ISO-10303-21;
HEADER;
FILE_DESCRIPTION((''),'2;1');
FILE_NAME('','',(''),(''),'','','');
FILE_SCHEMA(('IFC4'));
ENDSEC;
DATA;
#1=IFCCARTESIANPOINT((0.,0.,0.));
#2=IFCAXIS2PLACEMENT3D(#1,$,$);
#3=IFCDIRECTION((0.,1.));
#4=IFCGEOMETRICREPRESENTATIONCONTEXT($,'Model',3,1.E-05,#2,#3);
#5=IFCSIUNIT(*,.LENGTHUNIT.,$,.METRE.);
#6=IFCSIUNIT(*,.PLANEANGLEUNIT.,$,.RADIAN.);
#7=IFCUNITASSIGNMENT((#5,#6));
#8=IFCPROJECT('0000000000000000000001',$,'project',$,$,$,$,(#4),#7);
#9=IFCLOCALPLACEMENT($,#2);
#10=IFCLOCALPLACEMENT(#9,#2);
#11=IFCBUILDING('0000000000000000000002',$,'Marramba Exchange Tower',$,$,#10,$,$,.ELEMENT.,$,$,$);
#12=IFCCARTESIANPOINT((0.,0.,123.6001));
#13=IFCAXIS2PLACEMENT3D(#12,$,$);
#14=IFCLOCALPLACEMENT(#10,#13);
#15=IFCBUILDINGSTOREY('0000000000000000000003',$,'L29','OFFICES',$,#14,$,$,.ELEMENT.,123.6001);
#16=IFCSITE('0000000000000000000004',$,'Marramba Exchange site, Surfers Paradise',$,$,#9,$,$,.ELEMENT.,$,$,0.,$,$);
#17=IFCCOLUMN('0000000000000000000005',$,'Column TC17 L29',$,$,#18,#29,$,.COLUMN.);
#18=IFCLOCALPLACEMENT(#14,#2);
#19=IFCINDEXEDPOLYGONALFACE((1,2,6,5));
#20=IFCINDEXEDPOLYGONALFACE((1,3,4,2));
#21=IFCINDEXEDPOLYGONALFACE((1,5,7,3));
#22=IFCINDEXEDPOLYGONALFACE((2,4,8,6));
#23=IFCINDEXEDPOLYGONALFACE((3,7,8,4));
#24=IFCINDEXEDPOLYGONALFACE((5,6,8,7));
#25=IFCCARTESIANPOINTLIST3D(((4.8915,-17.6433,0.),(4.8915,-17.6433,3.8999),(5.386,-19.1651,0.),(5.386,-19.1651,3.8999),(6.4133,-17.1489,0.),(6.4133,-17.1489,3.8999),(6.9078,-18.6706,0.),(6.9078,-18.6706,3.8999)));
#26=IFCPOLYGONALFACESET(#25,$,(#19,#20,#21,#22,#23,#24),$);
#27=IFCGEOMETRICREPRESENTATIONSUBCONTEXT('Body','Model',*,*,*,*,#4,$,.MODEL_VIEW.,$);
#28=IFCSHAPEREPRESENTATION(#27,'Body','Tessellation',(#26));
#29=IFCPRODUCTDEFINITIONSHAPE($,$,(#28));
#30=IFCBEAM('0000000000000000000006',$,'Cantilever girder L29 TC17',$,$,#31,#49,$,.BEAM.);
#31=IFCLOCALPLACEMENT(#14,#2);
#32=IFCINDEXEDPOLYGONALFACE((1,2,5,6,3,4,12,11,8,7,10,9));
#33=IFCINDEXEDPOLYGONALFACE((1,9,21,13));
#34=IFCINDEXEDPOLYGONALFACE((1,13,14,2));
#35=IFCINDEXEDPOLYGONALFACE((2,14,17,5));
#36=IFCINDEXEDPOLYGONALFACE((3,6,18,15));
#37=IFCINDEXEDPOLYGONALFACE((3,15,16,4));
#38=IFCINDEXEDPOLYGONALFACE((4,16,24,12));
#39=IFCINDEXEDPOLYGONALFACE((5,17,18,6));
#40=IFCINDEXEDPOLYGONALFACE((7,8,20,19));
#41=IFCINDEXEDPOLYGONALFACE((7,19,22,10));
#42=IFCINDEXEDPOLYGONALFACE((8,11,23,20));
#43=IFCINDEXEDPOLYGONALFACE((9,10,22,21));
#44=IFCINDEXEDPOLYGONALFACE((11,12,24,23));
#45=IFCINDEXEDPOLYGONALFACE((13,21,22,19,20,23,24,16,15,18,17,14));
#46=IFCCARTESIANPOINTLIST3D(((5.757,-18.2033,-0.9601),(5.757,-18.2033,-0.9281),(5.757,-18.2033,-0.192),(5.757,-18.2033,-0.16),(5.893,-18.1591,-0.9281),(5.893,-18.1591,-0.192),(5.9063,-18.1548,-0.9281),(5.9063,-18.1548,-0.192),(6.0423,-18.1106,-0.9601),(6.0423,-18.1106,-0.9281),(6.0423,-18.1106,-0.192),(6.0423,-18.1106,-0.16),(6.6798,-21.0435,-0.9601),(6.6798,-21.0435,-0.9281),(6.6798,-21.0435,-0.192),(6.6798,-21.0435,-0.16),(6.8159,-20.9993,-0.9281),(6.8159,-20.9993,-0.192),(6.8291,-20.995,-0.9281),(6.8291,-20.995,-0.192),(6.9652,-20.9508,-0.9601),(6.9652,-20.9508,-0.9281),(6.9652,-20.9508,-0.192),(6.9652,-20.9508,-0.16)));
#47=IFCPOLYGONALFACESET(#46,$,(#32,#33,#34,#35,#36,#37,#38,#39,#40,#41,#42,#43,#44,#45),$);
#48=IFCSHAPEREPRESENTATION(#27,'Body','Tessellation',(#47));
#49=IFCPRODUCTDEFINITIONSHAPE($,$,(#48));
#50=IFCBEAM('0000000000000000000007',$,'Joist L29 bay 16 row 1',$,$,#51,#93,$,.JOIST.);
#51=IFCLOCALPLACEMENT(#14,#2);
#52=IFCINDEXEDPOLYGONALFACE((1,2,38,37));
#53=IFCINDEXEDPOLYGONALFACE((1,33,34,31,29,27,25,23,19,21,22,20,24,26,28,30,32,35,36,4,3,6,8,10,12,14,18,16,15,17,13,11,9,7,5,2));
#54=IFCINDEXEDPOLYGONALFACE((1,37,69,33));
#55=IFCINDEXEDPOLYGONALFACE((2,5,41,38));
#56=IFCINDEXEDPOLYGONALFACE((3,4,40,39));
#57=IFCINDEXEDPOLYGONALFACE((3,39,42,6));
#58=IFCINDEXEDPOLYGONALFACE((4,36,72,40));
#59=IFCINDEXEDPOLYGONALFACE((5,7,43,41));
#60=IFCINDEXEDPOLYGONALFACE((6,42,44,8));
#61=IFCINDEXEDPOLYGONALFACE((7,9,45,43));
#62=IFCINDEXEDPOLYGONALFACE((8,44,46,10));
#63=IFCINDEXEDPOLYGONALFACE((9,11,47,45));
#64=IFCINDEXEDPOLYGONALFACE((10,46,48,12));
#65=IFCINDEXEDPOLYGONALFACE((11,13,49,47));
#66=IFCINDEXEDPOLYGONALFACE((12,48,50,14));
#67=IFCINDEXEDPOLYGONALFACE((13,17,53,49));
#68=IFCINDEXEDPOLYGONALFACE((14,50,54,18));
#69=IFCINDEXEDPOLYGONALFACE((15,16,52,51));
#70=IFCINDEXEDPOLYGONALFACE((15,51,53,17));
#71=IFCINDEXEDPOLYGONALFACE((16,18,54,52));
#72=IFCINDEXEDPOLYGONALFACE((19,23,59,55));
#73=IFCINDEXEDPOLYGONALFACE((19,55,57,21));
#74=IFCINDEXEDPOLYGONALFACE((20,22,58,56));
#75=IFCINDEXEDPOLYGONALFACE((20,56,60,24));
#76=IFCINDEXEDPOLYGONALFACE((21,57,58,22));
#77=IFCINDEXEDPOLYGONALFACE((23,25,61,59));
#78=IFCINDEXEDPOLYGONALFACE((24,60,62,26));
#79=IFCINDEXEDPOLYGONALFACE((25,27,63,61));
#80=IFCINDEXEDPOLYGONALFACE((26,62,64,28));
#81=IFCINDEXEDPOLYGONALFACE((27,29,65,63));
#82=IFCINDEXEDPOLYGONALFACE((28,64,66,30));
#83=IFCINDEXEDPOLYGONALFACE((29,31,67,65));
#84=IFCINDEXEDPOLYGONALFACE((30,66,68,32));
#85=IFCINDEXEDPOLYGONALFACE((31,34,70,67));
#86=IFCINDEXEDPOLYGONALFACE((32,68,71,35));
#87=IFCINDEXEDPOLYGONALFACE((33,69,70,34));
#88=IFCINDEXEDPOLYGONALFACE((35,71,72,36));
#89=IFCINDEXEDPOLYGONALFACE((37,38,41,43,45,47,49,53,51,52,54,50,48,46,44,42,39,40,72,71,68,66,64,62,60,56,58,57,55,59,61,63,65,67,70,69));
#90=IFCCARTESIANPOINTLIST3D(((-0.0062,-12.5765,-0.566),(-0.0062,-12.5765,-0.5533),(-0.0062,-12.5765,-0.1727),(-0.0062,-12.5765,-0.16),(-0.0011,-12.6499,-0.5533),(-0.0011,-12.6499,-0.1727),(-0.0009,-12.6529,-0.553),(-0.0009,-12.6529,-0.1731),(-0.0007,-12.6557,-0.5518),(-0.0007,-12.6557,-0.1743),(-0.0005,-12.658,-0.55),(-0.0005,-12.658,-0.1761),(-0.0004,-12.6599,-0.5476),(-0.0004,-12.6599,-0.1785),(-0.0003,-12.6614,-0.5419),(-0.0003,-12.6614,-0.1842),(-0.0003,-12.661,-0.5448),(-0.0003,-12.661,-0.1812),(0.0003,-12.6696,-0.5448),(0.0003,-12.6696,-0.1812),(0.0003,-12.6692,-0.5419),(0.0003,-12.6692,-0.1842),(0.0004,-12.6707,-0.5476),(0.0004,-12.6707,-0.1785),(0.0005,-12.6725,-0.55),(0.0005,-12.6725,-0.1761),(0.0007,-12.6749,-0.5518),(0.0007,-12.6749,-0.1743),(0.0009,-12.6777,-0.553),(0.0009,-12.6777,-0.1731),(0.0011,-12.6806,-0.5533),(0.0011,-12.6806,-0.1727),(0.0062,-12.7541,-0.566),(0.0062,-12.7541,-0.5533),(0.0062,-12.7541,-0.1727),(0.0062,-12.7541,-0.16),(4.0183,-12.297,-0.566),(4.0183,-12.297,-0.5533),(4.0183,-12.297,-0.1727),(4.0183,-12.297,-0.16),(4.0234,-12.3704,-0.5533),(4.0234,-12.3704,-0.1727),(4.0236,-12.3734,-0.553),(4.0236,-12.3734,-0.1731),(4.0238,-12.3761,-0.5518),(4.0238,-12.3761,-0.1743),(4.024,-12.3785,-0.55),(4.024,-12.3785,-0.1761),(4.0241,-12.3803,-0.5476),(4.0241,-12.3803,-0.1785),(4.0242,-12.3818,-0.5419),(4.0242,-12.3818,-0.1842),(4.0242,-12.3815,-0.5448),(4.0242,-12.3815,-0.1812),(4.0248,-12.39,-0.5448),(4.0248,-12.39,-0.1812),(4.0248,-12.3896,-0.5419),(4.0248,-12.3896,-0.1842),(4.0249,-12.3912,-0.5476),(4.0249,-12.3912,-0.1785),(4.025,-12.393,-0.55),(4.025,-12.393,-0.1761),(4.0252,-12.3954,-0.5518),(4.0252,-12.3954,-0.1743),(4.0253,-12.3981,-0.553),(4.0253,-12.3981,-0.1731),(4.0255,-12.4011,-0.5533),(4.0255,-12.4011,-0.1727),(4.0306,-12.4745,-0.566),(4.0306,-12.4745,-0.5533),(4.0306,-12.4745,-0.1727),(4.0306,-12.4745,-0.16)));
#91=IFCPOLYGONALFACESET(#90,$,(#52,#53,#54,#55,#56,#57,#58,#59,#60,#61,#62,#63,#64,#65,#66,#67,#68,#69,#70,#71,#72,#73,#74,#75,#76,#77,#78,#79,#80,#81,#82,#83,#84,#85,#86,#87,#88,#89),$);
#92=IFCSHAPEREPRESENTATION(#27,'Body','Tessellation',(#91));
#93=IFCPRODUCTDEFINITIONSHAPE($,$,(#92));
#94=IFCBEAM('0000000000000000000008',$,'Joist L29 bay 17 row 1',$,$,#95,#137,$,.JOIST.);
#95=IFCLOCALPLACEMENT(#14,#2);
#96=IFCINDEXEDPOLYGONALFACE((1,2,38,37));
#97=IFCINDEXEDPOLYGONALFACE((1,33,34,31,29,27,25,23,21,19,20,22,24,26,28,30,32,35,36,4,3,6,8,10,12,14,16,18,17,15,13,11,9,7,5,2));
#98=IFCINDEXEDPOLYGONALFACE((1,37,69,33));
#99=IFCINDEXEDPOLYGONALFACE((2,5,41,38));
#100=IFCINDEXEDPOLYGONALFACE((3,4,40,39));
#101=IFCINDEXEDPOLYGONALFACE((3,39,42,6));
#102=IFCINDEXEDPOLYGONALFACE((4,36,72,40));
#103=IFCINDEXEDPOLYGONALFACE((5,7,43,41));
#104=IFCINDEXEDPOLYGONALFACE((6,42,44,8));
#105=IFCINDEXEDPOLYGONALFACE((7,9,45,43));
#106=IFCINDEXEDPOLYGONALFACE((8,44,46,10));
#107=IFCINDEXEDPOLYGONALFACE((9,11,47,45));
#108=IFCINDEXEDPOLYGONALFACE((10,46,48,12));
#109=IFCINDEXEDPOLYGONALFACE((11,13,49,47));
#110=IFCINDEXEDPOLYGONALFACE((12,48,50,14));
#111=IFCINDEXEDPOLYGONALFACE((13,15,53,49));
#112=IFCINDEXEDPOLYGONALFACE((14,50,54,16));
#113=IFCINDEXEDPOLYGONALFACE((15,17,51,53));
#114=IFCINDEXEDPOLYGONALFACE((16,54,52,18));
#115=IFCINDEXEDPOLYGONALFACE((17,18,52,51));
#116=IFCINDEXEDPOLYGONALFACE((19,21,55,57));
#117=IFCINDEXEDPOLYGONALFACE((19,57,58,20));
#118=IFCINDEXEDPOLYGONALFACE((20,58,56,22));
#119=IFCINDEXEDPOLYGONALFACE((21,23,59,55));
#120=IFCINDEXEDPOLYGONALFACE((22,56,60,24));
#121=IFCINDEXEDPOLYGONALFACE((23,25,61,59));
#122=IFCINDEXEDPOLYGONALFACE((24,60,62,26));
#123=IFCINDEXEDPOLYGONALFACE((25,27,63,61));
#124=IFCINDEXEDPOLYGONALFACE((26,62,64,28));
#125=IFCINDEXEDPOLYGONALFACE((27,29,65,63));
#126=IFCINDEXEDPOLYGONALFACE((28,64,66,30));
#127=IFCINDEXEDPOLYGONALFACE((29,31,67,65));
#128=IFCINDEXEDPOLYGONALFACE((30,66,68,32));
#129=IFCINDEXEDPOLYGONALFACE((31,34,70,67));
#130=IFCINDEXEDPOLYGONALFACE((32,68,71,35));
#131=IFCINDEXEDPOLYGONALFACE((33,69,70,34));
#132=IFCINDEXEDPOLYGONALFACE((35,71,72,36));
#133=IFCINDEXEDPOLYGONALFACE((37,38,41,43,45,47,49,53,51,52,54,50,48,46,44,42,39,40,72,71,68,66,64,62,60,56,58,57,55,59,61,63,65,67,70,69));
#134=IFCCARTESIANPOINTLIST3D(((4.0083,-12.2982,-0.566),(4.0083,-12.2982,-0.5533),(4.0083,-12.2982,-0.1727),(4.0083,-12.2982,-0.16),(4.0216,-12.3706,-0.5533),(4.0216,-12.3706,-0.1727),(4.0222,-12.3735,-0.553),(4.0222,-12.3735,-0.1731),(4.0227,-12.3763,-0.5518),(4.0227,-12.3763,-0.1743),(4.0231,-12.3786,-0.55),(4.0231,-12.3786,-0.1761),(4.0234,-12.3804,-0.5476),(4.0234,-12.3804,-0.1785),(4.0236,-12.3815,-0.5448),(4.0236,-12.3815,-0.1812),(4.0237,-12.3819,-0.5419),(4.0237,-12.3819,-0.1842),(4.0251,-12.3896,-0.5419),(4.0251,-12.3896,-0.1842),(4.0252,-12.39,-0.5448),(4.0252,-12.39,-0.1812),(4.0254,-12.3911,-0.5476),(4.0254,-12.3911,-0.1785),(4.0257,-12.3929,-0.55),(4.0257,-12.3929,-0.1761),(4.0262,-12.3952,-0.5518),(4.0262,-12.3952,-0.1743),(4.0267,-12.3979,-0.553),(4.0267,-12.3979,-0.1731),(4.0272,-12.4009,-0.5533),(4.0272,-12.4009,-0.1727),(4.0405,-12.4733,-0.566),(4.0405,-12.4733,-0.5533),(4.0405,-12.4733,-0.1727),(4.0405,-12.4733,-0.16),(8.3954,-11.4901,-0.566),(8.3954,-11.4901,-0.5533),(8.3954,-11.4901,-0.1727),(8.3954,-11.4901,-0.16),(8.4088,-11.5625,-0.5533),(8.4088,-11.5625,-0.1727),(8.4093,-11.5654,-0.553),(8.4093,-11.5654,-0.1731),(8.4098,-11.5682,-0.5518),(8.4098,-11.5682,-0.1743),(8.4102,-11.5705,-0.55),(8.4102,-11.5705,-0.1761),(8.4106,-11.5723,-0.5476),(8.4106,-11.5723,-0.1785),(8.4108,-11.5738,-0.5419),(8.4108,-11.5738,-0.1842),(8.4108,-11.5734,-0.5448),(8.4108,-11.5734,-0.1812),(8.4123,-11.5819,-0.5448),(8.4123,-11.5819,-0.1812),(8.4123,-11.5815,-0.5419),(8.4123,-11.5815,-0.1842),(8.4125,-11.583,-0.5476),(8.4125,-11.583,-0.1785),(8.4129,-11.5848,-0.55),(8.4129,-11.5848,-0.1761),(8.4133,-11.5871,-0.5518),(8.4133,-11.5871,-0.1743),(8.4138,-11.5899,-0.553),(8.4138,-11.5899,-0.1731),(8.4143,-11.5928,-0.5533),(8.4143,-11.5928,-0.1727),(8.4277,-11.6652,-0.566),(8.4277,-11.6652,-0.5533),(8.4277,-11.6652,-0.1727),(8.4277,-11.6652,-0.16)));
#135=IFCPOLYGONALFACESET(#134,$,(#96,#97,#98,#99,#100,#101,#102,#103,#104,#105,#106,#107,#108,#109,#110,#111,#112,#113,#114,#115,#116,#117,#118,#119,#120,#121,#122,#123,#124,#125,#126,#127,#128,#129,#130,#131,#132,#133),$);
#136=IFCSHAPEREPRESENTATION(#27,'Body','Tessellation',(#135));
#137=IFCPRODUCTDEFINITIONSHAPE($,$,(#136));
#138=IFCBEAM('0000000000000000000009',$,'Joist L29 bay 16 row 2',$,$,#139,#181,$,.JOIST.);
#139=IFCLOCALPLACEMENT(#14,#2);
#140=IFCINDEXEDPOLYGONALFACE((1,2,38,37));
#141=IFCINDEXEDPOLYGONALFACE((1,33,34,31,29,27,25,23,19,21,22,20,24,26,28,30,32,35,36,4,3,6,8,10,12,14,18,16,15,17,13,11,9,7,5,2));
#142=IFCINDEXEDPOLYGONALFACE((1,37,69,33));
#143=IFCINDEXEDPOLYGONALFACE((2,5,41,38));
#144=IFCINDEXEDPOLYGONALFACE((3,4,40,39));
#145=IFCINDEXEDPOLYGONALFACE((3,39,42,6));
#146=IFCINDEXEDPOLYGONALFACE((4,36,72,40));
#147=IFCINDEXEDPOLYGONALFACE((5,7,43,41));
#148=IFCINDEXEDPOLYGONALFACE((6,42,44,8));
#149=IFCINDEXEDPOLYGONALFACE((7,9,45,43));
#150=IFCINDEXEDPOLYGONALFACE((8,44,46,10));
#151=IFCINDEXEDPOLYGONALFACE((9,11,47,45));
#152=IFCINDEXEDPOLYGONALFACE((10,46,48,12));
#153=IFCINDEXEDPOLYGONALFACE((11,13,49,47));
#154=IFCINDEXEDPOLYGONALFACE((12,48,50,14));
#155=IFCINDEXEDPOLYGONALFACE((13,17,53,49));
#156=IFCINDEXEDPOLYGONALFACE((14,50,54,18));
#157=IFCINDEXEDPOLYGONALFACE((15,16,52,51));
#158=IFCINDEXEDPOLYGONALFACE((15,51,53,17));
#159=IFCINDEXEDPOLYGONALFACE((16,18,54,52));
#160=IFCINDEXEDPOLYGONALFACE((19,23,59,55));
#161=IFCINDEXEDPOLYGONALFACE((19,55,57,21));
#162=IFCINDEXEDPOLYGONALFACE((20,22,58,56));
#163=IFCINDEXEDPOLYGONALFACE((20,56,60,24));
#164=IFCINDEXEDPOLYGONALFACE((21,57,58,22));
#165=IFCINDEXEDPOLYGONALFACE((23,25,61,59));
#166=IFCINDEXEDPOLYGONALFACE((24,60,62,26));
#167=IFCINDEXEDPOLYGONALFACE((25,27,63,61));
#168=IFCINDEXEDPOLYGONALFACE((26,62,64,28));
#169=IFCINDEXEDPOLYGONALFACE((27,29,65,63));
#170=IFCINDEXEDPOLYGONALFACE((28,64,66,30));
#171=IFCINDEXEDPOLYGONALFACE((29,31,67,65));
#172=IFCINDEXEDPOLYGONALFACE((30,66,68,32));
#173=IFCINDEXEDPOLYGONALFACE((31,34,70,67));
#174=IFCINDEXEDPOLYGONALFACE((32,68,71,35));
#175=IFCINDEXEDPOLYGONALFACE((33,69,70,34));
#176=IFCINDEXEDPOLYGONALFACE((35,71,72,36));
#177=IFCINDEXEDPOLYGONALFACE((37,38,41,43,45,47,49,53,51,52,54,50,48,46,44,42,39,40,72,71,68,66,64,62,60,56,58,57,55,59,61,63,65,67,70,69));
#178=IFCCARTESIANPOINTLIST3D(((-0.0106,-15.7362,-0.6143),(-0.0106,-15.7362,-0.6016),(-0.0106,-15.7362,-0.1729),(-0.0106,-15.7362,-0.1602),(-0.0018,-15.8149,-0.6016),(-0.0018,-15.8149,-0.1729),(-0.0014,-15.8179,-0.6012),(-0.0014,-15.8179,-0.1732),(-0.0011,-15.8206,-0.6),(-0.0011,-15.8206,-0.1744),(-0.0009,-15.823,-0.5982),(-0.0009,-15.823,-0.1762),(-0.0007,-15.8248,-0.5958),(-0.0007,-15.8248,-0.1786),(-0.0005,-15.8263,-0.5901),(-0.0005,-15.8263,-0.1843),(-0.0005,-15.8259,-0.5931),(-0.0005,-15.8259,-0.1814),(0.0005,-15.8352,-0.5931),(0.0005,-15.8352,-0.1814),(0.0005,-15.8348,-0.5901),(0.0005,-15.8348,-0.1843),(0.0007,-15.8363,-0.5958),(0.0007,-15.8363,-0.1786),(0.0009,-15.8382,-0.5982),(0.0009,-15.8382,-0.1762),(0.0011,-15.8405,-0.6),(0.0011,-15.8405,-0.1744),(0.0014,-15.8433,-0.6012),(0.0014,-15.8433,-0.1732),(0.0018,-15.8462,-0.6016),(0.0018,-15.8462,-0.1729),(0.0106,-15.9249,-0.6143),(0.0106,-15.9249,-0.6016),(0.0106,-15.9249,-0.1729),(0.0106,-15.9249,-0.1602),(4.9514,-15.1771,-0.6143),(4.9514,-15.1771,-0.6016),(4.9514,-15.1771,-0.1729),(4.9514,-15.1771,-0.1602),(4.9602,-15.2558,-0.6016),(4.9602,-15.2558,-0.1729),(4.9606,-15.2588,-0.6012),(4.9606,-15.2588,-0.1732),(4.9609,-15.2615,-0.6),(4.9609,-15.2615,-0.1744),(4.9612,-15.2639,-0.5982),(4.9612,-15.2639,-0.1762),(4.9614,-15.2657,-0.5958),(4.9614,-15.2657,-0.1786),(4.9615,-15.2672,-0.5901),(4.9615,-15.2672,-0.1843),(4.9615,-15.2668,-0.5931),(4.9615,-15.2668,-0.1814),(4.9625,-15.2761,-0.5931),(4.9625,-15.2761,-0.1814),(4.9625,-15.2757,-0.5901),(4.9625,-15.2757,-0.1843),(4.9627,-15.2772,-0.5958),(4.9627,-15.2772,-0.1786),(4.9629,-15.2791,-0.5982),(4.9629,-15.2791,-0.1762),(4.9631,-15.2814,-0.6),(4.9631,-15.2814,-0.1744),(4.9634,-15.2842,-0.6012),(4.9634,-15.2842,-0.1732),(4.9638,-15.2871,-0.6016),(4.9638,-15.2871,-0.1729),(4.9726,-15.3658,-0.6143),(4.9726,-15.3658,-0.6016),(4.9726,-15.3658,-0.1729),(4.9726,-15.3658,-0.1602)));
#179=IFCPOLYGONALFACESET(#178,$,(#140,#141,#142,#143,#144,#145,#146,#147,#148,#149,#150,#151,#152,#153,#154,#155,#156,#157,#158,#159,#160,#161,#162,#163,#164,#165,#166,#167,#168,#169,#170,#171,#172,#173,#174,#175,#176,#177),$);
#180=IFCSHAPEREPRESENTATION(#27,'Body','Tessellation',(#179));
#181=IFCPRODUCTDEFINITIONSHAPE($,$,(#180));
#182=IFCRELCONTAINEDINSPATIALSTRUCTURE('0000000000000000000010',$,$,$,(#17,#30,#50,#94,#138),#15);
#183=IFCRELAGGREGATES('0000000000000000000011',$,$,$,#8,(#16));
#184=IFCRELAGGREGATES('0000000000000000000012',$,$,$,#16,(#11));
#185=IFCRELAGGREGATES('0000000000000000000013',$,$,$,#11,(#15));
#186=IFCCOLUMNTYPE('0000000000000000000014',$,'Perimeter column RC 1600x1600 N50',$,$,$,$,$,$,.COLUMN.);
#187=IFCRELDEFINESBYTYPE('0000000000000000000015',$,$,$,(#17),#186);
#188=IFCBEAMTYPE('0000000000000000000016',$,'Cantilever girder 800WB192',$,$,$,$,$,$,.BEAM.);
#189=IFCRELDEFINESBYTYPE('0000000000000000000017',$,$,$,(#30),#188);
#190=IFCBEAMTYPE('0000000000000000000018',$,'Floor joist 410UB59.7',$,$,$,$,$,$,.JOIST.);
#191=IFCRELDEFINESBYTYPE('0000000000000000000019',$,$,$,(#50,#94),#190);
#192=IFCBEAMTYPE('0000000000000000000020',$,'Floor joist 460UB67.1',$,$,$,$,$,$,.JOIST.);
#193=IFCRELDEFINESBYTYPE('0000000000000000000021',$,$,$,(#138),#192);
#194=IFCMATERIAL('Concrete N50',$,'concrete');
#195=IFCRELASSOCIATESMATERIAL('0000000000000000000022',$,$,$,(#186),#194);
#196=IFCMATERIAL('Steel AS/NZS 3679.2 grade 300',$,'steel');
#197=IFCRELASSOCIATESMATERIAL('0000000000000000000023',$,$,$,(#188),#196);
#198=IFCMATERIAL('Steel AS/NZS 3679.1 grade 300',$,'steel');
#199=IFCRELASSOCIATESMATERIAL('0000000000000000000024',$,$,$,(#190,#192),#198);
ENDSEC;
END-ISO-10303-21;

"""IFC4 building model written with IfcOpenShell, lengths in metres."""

from ifc_helpers import new_model, si_unit, direction, frame, origin, origin_2d, place, context, subcontext, project, spatial, rectangle, i_section, extrude, material, material_profile, profile_set, type_object, element, save


model = new_model("IFC4")

# Units and contexts
model_context = context("Model", 3, precision=1e-05, world=origin(), true_north=direction((0.0, 1.0)))
body_context = subcontext(model_context, "Body", "Model", "MODEL_VIEW")
ifc_project = project(units=[si_unit("LENGTHUNIT", "METRE"), si_unit("PLANEANGLEUNIT", "RADIAN")], contexts=[model_context])

# Site, building, storey
site_placement = place(None, origin())
site = spatial("IfcSite", under=ifc_project, at=site_placement, Name="Marramba Exchange site, Surfers Paradise", CompositionType="ELEMENT", RefElevation=0.0)
building_placement = place(site_placement, origin())
building = spatial("IfcBuilding", under=site, at=building_placement, Name="Marramba Exchange Tower", CompositionType="ELEMENT")
storey_placement = place(building_placement, frame((0.0, 0.0, 123.6001)))
storey = spatial("IfcBuildingStorey", under=building, at=storey_placement, Name="L29", Description="OFFICES", CompositionType="ELEMENT", Elevation=123.6001)

# Column
ifc_material_1 = material(Name="Concrete N50", Category="concrete")
ifc_material_profile_1 = material_profile(ifc_material_1, rectangle(XDim=1.6001, YDim=1.6001, at=origin_2d()), Name="RC 1600x1600")
ifc_profile_set_1 = profile_set([ifc_material_profile_1], Name="Concrete N50")
column_type = type_object("IfcColumnType", Name="Perimeter column RC 1600x1600 N50", PredefinedType="COLUMN", material=ifc_profile_set_1)
column_placement = place(storey_placement, frame((5.8997, -18.157, 0.0), z_axis=(0.0, 0.0, 1.0), x_axis=(0.309017, -0.951057, 0.0)))
element("IfcColumn", 1, at=column_placement, inside=storey, type_object=column_type, Name="Column TC17 L29", PredefinedType="COLUMN", context=body_context, shape_type="SweptSolid", body=[
    extrude(rectangle(XDim=1.6001, YDim=1.6001, at=origin_2d()), origin(), (0.0, 0.0, 1.0), 3.8999),
])

# Beams
ifc_material_2 = material(Name="Steel AS/NZS 3679.2 grade 300", Category="steel")
ifc_material_profile_2 = material_profile(ifc_material_2, i_section(OverallWidth=0.3, OverallDepth=0.8, WebThickness=0.0139, FlangeThickness=0.032, at=origin_2d()), Name="800WB192")
ifc_profile_set_2 = profile_set([ifc_material_profile_2], Name="Steel AS/NZS 3679.2 grade 300")
beam_type_1 = type_object("IfcBeamType", Name="Cantilever girder 800WB192", PredefinedType="BEAM", material=ifc_profile_set_2)
beam_1_placement = place(storey_placement, frame((5.8997, -18.157, -0.5601), z_axis=(0.309032, -0.951051, 0.0), x_axis=(0.951051, 0.309032, 0.0)))
element("IfcBeam", 2, at=beam_1_placement, inside=storey, type_object=beam_type_1, Name="Cantilever girder L29 TC17", PredefinedType="BEAM", context=body_context, shape_type="SweptSolid", body=[
    extrude(i_section(OverallWidth=0.3, OverallDepth=0.8, WebThickness=0.0139, FlangeThickness=0.032, at=origin_2d()), origin(), (0.0, 0.0, 1.0), 2.9863),
])
ifc_material_3 = material(Name="Steel AS/NZS 3679.1 grade 300", Category="steel")
ifc_material_profile_3 = material_profile(ifc_material_3, i_section(OverallWidth=0.178, OverallDepth=0.406, WebThickness=0.0078, FlangeThickness=0.0127, FilletRadius=0.0115, at=origin_2d()), Name="410UB59.7")
ifc_profile_set_3 = profile_set([ifc_material_profile_3], Name="Steel AS/NZS 3679.1 grade 300")
beam_type_2 = type_object("IfcBeamType", Name="Floor joist 410UB59.7", PredefinedType="JOIST", material=ifc_profile_set_3)
beam_2_placement = place(storey_placement, frame((0.0, -12.6653, -0.363), z_axis=(0.997596, 0.069294, 0.0), x_axis=(-0.069294, 0.997596, 0.0)))
element("IfcBeam", 3, at=beam_2_placement, inside=storey, type_object=beam_type_2, Name="Joist L29 bay 16 row 1", PredefinedType="JOIST", context=body_context, shape_type="SweptSolid", body=[
    extrude(i_section(OverallWidth=0.178, OverallDepth=0.406, WebThickness=0.0078, FlangeThickness=0.0127, FilletRadius=0.0115, at=origin_2d()), origin(), (0.0, 0.0, 1.0), 4.0342),
])
beam_3_placement = place(storey_placement, frame((4.0244, -12.3857, -0.363), z_axis=(0.983456, 0.181149, 0.0), x_axis=(-0.181149, 0.983456, 0.0)))
element("IfcBeam", 4, at=beam_3_placement, inside=storey, type_object=beam_type_2, Name="Joist L29 bay 17 row 1", PredefinedType="JOIST", context=body_context, shape_type="SweptSolid", body=[
    extrude(i_section(OverallWidth=0.178, OverallDepth=0.406, WebThickness=0.0078, FlangeThickness=0.0127, FilletRadius=0.0115, at=origin_2d()), origin(), (0.0, 0.0, 1.0), 4.4609),
])
ifc_material_profile_4 = material_profile(ifc_material_3, i_section(OverallWidth=0.1899, OverallDepth=0.4541, WebThickness=0.0085, FlangeThickness=0.0127, FilletRadius=0.0115, at=origin_2d()), Name="460UB67.1")
ifc_profile_set_4 = profile_set([ifc_material_profile_4], Name="Steel AS/NZS 3679.1 grade 300")
beam_type_3 = type_object("IfcBeamType", Name="Floor joist 460UB67.1", PredefinedType="JOIST", material=ifc_profile_set_4)
beam_4_placement = place(storey_placement, frame((0.0, -15.8306, -0.3872), z_axis=(0.993712, 0.111966, 0.0), x_axis=(-0.111966, 0.993712, 0.0)))
element("IfcBeam", 5, at=beam_4_placement, inside=storey, type_object=beam_type_3, Name="Joist L29 bay 16 row 2", PredefinedType="JOIST", context=body_context, shape_type="SweptSolid", body=[
    extrude(i_section(OverallWidth=0.1899, OverallDepth=0.4541, WebThickness=0.0085, FlangeThickness=0.0127, FilletRadius=0.0115, at=origin_2d()), origin(), (0.0, 0.0, 1.0), 4.9934),
])

save(model, "model.ifc")
